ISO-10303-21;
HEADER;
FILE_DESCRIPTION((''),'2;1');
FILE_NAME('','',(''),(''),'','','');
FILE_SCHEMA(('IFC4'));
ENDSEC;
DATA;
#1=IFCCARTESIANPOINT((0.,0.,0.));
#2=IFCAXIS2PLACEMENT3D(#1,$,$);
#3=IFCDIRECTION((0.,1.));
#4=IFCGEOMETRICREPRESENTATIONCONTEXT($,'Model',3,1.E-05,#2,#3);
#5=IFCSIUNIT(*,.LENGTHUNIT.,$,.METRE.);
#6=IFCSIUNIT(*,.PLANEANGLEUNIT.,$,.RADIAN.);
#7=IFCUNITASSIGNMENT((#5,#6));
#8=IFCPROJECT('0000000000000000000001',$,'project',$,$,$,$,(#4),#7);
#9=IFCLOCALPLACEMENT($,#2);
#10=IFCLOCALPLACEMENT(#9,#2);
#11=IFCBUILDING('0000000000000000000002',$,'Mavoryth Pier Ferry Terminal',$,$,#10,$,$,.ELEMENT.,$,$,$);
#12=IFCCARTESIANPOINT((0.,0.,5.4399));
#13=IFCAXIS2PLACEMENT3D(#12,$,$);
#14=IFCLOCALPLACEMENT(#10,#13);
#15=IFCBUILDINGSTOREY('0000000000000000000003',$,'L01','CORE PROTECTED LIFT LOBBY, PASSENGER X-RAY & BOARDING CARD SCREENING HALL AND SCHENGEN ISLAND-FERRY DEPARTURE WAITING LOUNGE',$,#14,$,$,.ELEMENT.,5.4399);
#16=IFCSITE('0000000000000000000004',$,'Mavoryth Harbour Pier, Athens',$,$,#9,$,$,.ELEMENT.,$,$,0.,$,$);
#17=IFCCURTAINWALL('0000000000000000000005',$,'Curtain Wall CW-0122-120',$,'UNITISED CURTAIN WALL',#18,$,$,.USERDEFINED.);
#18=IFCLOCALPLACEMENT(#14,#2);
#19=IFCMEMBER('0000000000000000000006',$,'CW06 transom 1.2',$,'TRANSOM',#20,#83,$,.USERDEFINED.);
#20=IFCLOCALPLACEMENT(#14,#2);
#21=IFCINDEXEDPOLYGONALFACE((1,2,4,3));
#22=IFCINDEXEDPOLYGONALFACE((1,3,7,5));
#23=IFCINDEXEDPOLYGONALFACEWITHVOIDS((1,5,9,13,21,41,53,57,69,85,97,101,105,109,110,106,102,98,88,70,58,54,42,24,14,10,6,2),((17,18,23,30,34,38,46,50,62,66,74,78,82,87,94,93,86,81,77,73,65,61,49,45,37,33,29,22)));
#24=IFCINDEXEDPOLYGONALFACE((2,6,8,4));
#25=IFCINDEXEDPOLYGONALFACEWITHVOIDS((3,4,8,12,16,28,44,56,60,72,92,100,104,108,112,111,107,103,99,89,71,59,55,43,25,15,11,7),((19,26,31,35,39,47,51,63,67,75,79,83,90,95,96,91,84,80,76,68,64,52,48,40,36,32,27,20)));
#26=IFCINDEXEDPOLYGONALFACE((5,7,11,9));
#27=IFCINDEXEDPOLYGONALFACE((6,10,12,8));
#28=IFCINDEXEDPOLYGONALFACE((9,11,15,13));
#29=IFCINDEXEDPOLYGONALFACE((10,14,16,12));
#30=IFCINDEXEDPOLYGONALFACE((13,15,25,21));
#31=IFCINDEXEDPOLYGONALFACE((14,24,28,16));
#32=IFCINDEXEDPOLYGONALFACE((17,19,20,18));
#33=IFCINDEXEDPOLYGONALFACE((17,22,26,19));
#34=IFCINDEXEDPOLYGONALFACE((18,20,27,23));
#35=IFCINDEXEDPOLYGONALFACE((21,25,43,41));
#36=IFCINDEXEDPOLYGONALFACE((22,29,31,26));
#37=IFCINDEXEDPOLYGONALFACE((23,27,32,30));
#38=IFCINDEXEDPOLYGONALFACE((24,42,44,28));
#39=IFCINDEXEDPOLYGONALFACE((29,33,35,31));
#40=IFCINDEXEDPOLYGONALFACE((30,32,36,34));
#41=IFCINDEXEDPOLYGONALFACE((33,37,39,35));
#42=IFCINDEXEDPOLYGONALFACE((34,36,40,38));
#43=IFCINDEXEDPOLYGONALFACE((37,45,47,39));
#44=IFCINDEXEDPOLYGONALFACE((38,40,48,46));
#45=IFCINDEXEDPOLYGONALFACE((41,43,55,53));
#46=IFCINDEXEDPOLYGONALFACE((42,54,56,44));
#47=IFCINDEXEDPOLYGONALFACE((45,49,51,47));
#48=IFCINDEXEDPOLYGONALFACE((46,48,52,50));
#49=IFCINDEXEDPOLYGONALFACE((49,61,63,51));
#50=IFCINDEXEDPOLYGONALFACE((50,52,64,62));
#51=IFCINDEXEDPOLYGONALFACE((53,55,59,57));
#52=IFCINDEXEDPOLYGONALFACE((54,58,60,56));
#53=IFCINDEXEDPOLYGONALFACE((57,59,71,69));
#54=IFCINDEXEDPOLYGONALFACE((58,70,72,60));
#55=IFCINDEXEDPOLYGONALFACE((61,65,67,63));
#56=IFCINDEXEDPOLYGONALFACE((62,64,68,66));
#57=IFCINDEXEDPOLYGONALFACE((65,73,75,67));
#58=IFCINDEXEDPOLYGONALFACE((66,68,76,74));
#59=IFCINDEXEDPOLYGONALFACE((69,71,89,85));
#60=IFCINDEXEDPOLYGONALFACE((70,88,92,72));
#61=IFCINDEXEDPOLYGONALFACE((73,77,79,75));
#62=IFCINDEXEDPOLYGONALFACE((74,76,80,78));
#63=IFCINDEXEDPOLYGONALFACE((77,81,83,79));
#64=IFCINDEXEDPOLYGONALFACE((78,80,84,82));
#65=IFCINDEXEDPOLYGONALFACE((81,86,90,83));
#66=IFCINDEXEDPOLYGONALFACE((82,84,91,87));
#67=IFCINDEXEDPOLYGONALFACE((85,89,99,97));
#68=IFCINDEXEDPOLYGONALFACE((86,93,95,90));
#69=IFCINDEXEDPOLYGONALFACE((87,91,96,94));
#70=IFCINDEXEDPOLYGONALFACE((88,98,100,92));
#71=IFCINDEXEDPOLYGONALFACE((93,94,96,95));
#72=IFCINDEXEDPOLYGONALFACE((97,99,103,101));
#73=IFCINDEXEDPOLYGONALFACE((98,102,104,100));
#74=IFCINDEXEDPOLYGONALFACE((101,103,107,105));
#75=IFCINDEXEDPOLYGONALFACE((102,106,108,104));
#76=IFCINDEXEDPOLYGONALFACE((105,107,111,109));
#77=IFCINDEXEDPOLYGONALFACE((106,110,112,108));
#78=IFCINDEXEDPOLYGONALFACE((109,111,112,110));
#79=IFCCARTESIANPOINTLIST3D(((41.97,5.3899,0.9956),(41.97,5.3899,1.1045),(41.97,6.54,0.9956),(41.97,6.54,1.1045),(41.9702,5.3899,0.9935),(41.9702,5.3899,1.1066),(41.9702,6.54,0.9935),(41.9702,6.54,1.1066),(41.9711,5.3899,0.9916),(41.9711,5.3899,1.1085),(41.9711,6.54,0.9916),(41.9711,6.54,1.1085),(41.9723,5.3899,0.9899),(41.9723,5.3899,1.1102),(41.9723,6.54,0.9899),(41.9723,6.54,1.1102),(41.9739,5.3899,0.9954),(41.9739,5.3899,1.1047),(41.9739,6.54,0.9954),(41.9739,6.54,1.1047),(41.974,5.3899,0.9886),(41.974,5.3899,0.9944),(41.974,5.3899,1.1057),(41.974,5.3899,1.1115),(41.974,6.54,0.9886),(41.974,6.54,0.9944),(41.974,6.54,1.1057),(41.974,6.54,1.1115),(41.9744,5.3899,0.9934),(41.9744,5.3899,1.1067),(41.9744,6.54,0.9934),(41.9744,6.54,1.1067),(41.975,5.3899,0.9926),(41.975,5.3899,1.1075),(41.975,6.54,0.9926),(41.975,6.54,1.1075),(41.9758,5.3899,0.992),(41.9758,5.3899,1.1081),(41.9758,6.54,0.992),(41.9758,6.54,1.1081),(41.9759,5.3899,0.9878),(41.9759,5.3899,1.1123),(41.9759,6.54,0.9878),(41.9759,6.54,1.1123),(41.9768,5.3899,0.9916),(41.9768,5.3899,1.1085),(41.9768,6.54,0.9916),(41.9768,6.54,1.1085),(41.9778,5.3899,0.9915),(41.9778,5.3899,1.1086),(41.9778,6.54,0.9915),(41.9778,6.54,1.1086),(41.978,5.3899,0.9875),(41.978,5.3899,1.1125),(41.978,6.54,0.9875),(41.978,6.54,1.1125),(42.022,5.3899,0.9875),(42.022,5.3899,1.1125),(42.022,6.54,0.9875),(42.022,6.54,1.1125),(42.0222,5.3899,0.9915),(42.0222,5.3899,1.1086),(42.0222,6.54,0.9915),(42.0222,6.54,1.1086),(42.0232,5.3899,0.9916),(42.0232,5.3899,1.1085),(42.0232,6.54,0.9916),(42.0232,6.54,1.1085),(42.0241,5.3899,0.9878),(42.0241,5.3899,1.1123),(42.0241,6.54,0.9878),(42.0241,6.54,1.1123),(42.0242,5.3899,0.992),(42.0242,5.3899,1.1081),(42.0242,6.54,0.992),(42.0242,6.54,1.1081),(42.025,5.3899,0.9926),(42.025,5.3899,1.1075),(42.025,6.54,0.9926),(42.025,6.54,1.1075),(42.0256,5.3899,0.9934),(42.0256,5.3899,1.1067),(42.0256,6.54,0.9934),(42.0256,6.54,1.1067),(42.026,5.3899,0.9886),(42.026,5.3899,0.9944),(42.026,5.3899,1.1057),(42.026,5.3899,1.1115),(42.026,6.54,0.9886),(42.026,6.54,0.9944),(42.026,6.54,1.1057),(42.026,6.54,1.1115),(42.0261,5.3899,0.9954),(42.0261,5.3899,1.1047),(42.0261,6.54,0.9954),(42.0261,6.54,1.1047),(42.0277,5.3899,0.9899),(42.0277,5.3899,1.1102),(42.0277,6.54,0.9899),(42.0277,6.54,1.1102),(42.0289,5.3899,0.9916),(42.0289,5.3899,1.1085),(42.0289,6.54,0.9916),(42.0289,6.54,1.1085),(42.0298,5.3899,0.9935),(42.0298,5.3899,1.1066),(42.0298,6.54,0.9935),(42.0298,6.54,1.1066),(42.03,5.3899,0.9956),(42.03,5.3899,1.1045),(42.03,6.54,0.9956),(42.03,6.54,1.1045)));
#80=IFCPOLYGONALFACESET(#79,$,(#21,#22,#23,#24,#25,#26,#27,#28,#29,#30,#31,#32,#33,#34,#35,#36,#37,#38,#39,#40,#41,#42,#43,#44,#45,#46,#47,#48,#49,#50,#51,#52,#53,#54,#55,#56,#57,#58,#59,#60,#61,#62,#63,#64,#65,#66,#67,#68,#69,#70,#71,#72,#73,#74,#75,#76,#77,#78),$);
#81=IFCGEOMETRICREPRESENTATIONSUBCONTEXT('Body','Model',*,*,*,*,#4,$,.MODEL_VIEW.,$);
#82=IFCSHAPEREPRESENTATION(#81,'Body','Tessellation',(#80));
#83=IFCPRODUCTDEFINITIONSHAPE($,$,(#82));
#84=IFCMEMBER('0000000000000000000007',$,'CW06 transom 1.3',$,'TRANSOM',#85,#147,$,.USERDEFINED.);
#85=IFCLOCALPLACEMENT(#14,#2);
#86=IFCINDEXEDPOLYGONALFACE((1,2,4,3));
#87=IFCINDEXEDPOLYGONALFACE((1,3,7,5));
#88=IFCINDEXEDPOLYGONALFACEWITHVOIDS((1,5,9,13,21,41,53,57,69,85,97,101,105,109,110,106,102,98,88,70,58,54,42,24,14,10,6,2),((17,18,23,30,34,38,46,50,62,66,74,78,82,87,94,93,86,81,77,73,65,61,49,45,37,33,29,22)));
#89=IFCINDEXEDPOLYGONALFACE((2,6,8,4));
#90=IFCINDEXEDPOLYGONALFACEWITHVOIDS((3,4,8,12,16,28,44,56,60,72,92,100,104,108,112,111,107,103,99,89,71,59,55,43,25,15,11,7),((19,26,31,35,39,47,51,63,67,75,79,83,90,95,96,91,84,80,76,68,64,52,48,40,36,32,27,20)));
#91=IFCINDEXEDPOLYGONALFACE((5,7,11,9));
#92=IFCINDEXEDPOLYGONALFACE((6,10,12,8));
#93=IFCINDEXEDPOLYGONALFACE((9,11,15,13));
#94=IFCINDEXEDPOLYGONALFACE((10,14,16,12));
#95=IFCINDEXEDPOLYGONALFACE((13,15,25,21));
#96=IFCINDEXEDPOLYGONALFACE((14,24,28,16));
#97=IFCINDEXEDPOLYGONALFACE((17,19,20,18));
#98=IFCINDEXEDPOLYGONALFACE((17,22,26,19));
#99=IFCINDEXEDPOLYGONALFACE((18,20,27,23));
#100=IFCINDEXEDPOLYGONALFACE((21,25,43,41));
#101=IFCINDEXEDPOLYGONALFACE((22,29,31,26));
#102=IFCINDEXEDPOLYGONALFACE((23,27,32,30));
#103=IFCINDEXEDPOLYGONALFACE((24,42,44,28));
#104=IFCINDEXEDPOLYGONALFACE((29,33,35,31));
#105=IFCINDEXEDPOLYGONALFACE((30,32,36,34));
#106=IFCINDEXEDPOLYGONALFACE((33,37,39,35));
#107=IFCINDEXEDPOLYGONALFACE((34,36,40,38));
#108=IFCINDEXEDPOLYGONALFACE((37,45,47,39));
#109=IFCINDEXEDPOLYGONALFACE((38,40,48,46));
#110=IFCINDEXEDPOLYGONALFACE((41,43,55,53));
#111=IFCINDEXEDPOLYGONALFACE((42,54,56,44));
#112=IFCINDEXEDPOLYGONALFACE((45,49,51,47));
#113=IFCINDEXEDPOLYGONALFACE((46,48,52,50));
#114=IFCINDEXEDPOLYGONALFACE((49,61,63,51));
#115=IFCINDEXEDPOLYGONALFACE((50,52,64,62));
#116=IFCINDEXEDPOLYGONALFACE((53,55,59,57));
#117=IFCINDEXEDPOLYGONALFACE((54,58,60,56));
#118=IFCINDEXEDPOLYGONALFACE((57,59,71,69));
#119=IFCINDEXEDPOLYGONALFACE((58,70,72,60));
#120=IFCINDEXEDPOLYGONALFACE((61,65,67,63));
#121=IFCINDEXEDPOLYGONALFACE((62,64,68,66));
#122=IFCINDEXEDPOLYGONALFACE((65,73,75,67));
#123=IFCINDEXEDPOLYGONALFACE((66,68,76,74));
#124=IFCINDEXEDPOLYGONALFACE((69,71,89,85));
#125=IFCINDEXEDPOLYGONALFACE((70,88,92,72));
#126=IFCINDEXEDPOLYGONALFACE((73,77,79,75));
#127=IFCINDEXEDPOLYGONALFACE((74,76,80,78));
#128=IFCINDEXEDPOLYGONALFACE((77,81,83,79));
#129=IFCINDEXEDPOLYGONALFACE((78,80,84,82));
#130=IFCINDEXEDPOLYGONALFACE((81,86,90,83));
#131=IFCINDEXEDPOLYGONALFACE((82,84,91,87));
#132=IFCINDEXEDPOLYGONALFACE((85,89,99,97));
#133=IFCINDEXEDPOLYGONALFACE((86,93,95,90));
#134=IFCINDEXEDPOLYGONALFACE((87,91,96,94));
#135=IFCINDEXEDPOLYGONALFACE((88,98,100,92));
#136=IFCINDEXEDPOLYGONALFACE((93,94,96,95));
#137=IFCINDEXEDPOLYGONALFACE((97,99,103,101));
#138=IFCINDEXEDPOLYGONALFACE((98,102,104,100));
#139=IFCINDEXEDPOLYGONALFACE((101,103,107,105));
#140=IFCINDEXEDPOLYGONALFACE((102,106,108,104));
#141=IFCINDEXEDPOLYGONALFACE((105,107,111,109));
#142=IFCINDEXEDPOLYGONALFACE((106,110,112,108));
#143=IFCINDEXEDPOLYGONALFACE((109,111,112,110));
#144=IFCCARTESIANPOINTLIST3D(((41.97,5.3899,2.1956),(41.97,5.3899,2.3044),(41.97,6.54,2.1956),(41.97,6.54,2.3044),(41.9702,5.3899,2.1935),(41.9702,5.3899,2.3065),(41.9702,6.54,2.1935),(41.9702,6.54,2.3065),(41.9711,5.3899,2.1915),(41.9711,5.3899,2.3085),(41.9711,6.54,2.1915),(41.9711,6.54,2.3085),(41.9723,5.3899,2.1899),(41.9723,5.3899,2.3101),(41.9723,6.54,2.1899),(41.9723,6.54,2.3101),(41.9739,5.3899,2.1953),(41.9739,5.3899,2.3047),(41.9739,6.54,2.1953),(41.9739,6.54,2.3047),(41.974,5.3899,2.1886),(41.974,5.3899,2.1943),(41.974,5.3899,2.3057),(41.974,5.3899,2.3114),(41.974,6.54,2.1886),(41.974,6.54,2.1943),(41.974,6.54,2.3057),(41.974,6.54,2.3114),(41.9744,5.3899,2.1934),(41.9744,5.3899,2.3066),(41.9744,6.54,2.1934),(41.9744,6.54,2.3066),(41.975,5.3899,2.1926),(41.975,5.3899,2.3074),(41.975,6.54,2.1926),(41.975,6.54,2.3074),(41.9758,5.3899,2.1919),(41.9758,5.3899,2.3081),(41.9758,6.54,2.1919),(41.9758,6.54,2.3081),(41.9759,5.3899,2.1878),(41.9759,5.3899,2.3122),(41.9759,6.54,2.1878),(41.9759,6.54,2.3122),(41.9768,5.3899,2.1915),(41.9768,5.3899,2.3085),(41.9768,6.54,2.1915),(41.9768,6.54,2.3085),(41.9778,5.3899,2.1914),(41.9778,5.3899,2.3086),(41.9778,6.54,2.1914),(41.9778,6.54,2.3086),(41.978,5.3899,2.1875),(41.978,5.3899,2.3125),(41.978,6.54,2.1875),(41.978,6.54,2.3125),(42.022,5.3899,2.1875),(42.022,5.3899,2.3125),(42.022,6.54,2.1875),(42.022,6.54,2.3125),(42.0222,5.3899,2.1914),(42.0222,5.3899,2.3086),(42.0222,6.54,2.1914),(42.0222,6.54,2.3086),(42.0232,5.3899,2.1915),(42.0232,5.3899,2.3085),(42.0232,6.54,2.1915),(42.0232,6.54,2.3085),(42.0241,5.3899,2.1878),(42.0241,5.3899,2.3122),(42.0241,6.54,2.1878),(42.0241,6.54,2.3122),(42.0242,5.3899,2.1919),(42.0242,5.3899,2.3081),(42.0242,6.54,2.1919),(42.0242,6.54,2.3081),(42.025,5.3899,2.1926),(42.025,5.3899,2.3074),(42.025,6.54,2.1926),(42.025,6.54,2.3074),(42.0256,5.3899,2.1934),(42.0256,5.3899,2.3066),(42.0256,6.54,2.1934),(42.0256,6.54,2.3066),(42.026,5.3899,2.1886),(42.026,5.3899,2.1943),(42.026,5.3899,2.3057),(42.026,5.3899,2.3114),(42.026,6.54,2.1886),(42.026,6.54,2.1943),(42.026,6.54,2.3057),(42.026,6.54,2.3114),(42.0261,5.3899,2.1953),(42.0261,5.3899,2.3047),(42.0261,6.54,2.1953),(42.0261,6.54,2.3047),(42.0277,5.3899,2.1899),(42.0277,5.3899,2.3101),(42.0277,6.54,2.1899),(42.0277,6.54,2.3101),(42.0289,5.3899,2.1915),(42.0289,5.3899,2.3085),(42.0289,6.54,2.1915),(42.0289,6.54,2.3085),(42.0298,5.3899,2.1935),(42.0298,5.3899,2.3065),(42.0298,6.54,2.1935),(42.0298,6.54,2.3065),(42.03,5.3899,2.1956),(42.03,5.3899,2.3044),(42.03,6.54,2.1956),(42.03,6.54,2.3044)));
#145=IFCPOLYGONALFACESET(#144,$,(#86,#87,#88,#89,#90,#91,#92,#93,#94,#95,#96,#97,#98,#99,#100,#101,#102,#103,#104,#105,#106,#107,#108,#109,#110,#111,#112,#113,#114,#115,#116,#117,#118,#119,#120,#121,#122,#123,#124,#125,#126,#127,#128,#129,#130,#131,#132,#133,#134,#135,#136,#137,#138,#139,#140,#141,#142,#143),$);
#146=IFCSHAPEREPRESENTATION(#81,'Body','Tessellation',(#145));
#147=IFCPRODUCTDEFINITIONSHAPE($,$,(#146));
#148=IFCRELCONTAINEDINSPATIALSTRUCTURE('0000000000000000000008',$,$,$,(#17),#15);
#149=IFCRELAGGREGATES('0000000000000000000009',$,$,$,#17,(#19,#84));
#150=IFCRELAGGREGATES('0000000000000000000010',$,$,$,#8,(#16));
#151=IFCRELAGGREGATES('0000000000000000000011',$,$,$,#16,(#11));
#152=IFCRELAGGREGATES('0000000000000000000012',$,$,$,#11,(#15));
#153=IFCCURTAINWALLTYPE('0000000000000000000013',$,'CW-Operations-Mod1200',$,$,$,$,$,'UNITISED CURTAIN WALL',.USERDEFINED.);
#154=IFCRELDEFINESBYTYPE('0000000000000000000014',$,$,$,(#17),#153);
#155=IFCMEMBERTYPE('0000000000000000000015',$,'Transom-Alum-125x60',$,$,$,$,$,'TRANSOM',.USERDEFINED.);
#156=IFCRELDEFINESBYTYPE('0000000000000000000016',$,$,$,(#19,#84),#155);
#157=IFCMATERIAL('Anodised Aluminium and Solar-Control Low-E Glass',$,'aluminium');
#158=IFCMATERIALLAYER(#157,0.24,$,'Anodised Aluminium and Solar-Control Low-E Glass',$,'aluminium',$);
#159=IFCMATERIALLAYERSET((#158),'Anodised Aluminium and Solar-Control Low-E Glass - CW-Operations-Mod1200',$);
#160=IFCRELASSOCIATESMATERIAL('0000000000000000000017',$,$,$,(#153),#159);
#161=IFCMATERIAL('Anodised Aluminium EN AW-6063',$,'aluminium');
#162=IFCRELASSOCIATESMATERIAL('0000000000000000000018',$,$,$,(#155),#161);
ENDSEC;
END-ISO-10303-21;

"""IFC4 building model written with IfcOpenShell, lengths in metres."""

from ifc_helpers import new_model, si_unit, direction, frame, origin, origin_2d, place, context, subcontext, project, spatial, hollow_rectangle, extrude, material, layer, layer_set, material_profile, profile_set, type_object, element, aggregate, save


model = new_model("IFC4")

# Units and contexts
model_context = context("Model", 3, precision=1e-05, world=origin(), true_north=direction((0.0, 1.0)))
body_context = subcontext(model_context, "Body", "Model", "MODEL_VIEW")
ifc_project = project(units=[si_unit("LENGTHUNIT", "METRE"), si_unit("PLANEANGLEUNIT", "RADIAN")], contexts=[model_context])

# Site, building, storey
site_placement = place(None, origin())
site = spatial("IfcSite", under=ifc_project, at=site_placement, Name="Mavoryth Harbour Pier, Athens", CompositionType="ELEMENT", RefElevation=0.0)
building_placement = place(site_placement, origin())
building = spatial("IfcBuilding", under=site, at=building_placement, Name="Mavoryth Pier Ferry Terminal", CompositionType="ELEMENT")
storey_placement = place(building_placement, frame((0.0, 0.0, 5.4399)))
storey = spatial("IfcBuildingStorey", under=building, at=storey_placement, Name="L01", Description="CORE PROTECTED LIFT LOBBY, PASSENGER X-RAY & BOARDING CARD SCREENING HALL AND SCHENGEN ISLAND-FERRY DEPARTURE WAITING LOUNGE", CompositionType="ELEMENT", Elevation=5.4399)

# Curtain wall
ifc_material_1 = material(Name="Anodised Aluminium and Solar-Control Low-E Glass", Category="aluminium")
ifc_layer_1 = layer(ifc_material_1, 0.24, Name="Anodised Aluminium and Solar-Control Low-E Glass", Category="aluminium")
ifc_layer_set_1 = layer_set([ifc_layer_1], Name="Anodised Aluminium and Solar-Control Low-E Glass - CW-Operations-Mod1200")
curtain_wall_type = type_object("IfcCurtainWallType", Name="CW-Operations-Mod1200", ElementType="UNITISED CURTAIN WALL", PredefinedType="USERDEFINED", material=ifc_layer_set_1)
curtain_wall_1_placement = place(storey_placement, origin())
curtain_wall_1 = element("IfcCurtainWall", 1, at=curtain_wall_1_placement, inside=storey, type_object=curtain_wall_type, Name="Curtain Wall CW-0122-120", ObjectType="UNITISED CURTAIN WALL", PredefinedType="USERDEFINED")
ifc_material_2 = material(Name="Anodised Aluminium EN AW-6063", Category="aluminium")

# Members
ifc_material_profile_1 = material_profile(ifc_material_2, hollow_rectangle(XDim=0.0601, YDim=0.125, WallThickness=0.0039, InnerFilletRadius=0.0039, OuterFilletRadius=0.0081, at=origin_2d()), Name="AL-TRAN 125x60x4", Category="aluminium")
ifc_profile_set_1 = profile_set([ifc_material_profile_1], Name="Anodised Aluminium EN AW-6063 - AL-TRAN 125x60x4")
member_type_1 = type_object("IfcMemberType", Name="Transom-Alum-125x60", ElementType="TRANSOM", PredefinedType="USERDEFINED", material=ifc_profile_set_1)
member_1_placement = place(storey_placement, frame((42.0, 6.54, 1.05), z_axis=(0.0, -1.0, 0.0), x_axis=(1.0, 0.0, 0.0)))
member_1 = element("IfcMember", 2, at=member_1_placement, type_object=member_type_1, Name="CW06 transom 1.2", ObjectType="TRANSOM", PredefinedType="USERDEFINED", context=body_context, shape_type="SweptSolid", body=[
    extrude(hollow_rectangle(XDim=0.0601, YDim=0.125, WallThickness=0.0039, InnerFilletRadius=0.0039, OuterFilletRadius=0.0081, at=origin_2d()), origin(), (0.0, 0.0, 1.0), 1.1501),
])
member_2_placement = place(storey_placement, frame((42.0, 6.54, 2.25), z_axis=(0.0, -1.0, 0.0), x_axis=(1.0, 0.0, 0.0)))
member_2 = element("IfcMember", 3, at=member_2_placement, type_object=member_type_1, Name="CW06 transom 1.3", ObjectType="TRANSOM", PredefinedType="USERDEFINED", context=body_context, shape_type="SweptSolid", body=[
    extrude(hollow_rectangle(XDim=0.0601, YDim=0.125, WallThickness=0.0039, InnerFilletRadius=0.0039, OuterFilletRadius=0.0081, at=origin_2d()), origin(), (0.0, 0.0, 1.0), 1.1501),
])

aggregate(curtain_wall_1, [member_1, member_2])

save(model, "model.ifc")
